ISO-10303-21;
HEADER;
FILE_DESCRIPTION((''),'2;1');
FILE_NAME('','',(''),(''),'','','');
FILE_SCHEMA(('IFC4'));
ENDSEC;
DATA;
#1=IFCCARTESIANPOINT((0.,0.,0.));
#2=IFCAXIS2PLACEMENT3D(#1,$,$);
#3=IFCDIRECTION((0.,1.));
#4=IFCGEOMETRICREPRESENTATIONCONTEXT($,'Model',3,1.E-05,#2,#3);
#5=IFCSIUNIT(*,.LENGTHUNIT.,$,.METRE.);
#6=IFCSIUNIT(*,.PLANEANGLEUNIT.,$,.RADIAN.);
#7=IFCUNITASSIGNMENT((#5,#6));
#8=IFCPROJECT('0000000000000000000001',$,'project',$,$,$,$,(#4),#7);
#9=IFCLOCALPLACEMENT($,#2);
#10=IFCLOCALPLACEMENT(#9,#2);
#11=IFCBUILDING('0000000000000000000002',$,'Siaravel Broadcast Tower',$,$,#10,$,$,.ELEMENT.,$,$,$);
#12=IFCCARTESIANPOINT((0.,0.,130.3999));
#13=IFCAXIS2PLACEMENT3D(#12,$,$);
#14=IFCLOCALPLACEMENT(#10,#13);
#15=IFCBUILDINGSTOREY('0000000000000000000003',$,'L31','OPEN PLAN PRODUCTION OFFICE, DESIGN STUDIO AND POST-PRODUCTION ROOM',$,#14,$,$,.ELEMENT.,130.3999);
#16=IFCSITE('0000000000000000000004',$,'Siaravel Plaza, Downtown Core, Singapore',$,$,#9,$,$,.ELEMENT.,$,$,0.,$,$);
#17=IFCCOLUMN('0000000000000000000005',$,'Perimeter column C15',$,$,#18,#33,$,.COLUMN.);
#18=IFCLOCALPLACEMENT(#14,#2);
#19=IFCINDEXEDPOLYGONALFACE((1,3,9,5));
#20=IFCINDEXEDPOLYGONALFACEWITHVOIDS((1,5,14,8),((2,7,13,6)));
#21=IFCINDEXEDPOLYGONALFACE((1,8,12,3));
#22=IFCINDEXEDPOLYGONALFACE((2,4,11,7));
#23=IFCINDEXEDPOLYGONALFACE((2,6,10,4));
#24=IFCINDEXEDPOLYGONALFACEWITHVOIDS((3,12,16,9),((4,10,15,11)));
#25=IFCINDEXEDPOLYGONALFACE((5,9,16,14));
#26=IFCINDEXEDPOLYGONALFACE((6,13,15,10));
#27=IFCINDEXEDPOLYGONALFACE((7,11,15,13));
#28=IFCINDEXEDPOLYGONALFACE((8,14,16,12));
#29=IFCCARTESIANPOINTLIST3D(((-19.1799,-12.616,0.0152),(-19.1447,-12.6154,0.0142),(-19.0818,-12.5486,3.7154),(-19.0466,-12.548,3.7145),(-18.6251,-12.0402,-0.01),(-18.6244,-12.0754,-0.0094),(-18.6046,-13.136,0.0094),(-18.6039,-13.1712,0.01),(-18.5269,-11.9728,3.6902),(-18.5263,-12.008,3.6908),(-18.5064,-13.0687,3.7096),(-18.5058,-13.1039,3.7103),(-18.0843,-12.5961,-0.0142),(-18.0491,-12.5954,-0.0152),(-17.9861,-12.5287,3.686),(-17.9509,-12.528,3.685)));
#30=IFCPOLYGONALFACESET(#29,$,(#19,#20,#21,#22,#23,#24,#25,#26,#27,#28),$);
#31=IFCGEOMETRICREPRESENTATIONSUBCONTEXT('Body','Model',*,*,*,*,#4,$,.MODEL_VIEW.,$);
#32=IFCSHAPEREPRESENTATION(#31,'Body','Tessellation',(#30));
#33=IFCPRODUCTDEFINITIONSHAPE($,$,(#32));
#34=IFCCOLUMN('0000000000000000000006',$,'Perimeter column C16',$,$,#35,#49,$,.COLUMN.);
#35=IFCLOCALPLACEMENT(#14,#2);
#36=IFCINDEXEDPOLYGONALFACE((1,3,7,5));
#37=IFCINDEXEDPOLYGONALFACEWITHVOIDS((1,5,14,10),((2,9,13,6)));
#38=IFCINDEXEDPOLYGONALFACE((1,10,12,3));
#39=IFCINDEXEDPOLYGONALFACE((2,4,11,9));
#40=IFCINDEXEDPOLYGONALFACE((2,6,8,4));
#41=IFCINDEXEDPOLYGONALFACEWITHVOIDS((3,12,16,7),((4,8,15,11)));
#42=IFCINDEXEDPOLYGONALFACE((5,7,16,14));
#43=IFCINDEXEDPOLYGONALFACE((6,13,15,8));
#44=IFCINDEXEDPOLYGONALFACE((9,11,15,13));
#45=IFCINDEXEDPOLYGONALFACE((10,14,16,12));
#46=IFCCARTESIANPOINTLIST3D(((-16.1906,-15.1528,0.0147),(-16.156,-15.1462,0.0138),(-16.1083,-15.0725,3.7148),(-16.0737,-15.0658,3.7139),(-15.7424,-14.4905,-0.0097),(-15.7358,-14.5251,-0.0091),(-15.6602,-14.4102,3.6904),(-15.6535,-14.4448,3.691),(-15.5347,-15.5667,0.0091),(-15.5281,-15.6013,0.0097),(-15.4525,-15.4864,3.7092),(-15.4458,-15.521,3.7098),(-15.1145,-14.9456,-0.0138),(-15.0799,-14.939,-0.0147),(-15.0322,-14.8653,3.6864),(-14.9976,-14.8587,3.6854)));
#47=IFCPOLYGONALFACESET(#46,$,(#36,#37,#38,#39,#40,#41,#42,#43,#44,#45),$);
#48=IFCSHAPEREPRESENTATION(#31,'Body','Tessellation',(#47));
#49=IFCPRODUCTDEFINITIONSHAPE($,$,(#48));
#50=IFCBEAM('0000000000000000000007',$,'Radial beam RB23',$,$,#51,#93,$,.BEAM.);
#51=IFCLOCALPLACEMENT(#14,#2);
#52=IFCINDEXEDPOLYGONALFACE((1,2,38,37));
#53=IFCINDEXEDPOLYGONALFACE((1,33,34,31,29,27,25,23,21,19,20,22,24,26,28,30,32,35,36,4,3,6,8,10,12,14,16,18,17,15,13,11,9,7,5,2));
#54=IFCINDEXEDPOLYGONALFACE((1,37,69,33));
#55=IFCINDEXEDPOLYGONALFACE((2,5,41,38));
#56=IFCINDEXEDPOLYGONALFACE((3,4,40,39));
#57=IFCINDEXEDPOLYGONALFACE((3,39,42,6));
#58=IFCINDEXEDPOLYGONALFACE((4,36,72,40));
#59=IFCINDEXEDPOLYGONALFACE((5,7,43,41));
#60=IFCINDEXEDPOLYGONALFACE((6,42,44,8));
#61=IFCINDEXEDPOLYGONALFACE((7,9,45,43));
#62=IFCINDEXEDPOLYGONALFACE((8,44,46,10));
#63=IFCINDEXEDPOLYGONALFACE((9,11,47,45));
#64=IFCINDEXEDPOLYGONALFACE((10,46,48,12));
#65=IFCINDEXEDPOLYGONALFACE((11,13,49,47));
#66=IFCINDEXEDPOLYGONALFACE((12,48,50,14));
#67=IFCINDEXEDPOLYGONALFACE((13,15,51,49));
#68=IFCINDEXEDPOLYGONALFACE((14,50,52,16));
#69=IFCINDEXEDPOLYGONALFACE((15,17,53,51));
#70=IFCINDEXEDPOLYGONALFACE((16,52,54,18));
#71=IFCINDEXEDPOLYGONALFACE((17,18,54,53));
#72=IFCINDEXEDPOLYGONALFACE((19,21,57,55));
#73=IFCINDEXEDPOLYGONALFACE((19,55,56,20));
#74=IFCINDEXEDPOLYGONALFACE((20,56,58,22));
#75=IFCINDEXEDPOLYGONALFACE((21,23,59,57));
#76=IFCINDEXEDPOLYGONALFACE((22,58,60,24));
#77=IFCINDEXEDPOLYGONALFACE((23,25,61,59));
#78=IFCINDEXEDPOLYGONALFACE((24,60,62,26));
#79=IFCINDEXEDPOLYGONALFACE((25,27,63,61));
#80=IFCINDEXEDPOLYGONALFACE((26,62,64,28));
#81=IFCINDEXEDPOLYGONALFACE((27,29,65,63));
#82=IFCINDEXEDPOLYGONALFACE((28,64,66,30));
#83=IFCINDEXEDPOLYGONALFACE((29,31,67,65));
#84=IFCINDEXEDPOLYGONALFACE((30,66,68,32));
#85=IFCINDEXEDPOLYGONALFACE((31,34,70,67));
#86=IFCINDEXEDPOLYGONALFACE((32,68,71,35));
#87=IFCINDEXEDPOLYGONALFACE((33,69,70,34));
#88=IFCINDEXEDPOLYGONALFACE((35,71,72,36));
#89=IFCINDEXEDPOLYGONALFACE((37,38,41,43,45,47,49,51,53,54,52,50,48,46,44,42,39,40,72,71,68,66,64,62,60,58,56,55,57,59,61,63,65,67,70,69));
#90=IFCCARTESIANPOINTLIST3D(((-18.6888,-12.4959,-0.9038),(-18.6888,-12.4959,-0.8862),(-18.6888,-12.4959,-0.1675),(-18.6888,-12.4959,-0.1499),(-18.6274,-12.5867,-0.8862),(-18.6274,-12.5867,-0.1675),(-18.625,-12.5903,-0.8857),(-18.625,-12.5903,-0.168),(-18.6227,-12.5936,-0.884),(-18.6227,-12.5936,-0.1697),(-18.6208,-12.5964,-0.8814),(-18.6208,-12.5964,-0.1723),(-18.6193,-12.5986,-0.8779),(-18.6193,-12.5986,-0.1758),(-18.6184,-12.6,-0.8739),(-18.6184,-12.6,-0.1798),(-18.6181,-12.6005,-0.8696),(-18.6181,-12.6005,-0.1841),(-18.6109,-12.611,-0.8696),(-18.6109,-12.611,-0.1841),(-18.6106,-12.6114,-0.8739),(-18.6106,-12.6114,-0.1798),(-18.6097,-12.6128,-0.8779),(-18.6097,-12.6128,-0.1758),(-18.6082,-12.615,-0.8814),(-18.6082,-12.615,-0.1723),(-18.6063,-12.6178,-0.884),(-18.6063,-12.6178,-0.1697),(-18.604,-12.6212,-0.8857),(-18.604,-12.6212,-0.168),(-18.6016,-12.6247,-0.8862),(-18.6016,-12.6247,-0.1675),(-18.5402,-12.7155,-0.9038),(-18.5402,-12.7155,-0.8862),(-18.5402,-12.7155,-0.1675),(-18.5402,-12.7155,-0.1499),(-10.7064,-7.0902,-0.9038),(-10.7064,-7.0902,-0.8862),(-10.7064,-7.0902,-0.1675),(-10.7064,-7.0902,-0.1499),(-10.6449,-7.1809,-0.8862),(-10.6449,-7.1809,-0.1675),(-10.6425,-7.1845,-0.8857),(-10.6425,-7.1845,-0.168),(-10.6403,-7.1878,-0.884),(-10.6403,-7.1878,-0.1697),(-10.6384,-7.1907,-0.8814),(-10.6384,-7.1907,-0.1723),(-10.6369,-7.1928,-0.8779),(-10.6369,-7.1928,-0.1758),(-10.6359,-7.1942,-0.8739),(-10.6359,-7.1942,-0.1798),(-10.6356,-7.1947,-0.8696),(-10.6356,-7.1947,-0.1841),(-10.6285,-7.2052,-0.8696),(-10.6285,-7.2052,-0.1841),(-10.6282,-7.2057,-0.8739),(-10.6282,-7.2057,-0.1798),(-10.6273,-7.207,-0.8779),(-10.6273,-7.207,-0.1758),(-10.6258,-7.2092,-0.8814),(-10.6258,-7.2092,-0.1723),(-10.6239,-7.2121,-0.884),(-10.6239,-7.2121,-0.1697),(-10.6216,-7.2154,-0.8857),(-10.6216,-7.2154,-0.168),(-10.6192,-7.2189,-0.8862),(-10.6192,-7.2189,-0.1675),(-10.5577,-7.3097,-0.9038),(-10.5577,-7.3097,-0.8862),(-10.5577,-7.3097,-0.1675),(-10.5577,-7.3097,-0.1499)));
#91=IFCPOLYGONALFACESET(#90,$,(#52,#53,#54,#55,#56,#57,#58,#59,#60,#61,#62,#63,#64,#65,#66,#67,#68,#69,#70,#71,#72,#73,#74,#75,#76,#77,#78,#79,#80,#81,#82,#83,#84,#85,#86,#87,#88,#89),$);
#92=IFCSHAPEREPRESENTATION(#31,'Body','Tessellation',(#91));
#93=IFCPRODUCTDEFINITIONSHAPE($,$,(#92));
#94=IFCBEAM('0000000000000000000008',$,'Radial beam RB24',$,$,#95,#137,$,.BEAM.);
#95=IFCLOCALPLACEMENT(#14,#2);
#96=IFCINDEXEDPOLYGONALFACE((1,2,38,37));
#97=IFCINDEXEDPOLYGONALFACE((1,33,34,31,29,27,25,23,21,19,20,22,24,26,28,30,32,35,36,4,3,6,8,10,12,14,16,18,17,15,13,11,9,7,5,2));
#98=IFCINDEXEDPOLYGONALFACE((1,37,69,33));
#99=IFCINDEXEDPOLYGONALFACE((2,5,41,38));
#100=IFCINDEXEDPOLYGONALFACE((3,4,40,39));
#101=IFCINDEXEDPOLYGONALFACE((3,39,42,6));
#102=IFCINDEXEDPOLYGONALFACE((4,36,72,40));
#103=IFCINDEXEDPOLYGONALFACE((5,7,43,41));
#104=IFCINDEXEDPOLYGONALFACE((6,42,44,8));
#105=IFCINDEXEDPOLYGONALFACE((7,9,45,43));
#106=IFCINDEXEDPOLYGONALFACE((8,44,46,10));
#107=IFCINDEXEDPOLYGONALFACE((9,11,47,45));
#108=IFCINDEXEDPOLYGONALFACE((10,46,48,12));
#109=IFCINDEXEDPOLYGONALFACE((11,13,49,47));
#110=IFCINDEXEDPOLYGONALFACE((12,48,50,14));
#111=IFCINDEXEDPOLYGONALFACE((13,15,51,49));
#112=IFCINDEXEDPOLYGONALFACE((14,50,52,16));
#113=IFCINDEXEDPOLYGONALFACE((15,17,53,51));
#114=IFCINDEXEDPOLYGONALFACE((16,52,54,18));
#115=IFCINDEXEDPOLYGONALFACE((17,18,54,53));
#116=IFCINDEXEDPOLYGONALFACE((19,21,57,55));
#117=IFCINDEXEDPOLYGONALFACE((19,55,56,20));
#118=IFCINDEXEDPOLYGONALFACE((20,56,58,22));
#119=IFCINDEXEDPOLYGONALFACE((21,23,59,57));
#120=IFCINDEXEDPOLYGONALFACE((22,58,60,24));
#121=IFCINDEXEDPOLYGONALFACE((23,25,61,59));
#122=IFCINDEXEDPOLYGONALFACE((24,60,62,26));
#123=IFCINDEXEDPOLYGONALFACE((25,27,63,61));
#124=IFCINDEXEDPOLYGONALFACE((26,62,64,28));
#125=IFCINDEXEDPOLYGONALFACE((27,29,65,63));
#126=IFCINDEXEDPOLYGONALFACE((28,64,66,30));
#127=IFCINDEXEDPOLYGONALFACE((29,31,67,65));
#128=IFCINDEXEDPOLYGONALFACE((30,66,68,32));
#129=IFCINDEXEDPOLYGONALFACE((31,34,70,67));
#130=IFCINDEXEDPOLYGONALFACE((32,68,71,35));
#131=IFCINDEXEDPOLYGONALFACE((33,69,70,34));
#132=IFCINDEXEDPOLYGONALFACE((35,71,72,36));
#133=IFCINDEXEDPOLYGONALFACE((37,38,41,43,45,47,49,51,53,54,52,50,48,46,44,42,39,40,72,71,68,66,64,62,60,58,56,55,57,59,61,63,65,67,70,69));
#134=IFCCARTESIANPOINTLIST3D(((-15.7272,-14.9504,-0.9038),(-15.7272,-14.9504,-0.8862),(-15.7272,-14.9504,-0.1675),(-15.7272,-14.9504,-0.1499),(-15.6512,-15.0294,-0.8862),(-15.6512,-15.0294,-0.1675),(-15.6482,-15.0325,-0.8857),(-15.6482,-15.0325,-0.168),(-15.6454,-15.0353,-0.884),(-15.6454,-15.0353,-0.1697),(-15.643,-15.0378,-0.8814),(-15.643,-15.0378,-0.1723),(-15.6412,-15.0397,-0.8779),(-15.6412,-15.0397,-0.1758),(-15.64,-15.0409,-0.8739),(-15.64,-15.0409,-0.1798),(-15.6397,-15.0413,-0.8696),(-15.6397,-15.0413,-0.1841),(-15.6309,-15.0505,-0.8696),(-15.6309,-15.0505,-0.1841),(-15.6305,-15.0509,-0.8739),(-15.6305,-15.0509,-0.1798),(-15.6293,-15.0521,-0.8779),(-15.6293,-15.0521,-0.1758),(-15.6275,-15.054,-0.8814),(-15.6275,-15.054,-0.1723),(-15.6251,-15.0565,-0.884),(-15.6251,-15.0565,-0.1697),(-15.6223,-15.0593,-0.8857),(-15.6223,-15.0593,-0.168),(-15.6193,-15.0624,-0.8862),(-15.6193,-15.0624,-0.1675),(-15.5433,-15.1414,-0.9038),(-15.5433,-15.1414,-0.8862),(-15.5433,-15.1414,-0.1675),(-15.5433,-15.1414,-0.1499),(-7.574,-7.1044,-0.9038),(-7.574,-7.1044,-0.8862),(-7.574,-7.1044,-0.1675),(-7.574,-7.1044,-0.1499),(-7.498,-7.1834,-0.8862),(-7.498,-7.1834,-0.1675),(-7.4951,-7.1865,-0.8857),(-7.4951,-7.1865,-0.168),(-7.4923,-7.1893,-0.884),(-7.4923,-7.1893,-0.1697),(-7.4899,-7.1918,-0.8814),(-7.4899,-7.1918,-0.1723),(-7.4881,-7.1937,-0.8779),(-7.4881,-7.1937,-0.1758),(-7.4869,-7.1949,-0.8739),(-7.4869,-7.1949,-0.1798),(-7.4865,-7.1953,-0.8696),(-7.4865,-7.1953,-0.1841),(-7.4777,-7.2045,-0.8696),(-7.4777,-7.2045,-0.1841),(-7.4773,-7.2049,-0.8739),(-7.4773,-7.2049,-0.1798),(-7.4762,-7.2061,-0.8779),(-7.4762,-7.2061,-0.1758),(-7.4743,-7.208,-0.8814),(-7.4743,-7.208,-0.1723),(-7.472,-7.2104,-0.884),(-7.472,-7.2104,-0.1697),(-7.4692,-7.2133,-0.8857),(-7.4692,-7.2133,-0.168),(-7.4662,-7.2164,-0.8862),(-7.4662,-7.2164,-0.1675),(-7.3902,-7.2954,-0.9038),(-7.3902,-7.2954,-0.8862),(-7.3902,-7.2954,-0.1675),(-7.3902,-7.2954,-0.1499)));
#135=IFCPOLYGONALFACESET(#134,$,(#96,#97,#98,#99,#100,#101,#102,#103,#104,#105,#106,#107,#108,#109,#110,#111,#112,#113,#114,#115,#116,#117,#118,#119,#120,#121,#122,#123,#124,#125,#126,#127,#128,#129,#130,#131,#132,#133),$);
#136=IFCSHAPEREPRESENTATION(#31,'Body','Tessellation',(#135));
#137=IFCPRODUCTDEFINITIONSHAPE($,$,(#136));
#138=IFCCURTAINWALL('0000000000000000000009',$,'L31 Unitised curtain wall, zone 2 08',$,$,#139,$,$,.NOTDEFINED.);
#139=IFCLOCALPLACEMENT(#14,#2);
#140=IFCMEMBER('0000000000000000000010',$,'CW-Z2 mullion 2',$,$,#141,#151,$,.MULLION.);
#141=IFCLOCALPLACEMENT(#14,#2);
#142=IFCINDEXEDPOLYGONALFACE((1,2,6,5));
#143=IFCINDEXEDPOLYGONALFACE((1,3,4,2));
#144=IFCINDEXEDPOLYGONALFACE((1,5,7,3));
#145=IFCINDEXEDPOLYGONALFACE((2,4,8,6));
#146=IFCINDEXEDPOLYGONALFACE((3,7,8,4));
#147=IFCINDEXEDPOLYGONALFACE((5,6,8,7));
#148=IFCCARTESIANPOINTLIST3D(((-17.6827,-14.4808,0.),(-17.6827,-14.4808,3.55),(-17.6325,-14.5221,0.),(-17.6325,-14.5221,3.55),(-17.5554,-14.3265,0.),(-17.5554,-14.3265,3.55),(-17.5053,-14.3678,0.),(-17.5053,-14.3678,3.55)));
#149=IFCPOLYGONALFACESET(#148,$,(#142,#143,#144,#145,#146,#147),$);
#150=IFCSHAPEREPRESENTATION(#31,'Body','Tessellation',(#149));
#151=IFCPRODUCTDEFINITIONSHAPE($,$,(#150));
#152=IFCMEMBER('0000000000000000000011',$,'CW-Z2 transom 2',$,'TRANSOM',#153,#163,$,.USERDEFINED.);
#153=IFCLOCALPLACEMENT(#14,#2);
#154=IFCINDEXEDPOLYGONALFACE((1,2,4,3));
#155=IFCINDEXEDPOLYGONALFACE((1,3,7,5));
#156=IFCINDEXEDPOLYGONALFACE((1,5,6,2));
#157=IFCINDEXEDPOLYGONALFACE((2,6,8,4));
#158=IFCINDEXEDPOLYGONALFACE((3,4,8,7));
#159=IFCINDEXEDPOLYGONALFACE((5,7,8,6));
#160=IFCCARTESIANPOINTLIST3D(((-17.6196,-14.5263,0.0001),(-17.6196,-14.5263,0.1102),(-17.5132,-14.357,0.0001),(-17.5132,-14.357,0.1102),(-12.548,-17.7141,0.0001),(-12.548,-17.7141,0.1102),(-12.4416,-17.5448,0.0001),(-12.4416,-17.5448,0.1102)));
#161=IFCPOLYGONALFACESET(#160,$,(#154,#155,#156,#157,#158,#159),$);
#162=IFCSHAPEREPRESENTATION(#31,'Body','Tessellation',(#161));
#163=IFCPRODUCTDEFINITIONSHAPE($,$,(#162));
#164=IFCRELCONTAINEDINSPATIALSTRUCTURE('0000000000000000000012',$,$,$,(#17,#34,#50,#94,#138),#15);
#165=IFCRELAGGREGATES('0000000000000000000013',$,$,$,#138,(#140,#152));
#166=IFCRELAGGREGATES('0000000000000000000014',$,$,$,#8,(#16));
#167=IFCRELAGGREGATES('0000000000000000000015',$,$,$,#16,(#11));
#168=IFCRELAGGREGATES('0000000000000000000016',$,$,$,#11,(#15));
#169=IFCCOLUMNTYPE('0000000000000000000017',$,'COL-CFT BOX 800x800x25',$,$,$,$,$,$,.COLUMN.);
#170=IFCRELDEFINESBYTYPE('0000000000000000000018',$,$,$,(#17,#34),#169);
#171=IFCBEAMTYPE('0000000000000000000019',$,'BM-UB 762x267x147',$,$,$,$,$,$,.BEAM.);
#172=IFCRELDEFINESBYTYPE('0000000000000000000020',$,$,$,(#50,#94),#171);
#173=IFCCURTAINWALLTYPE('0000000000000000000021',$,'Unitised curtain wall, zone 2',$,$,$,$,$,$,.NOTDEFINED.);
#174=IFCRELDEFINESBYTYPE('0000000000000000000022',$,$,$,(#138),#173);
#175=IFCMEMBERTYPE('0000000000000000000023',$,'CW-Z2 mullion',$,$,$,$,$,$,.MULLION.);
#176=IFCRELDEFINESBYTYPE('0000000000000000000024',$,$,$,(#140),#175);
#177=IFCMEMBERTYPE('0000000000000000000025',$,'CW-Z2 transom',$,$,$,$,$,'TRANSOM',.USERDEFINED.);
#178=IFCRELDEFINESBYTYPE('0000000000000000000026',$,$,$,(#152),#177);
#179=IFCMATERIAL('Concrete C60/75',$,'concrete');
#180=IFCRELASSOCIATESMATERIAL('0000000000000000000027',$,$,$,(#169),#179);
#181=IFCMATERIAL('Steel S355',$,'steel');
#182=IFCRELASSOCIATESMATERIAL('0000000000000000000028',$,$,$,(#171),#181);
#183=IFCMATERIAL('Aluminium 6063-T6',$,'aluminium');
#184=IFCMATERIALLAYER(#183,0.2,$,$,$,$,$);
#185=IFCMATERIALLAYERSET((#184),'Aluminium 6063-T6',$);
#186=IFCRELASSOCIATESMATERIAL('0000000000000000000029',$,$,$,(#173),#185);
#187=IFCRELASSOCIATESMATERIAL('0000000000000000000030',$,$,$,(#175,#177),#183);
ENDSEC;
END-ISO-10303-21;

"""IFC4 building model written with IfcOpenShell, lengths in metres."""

from ifc_helpers import new_model, si_unit, direction, frame, origin, origin_2d, place, context, subcontext, project, spatial, rectangle, hollow_rectangle, i_section, extrude, material, layer, layer_set, material_profile, profile_set, type_object, element, aggregate, save


model = new_model("IFC4")

# Units and contexts
model_context = context("Model", 3, precision=1e-05, world=origin(), true_north=direction((0.0, 1.0)))
body_context = subcontext(model_context, "Body", "Model", "MODEL_VIEW")
ifc_project = project(units=[si_unit("LENGTHUNIT", "METRE"), si_unit("PLANEANGLEUNIT", "RADIAN")], contexts=[model_context])

# Site, building, storey
site_placement = place(None, origin())
site = spatial("IfcSite", under=ifc_project, at=site_placement, Name="Siaravel Plaza, Downtown Core, Singapore", CompositionType="ELEMENT", RefElevation=0.0)
building_placement = place(site_placement, origin())
building = spatial("IfcBuilding", under=site, at=building_placement, Name="Siaravel Broadcast Tower", CompositionType="ELEMENT")
storey_placement = place(building_placement, frame((0.0, 0.0, 130.3999)))
storey = spatial("IfcBuildingStorey", under=building, at=storey_placement, Name="L31", Description="OPEN PLAN PRODUCTION OFFICE, DESIGN STUDIO AND POST-PRODUCTION ROOM", CompositionType="ELEMENT", Elevation=130.3999)

# Columns
ifc_material_1 = material(Name="Concrete C60/75", Category="concrete")
ifc_material_profile_1 = material_profile(ifc_material_1, hollow_rectangle(XDim=0.8, YDim=0.8, WallThickness=0.0249, at=origin_2d()))
ifc_profile_set_1 = profile_set([ifc_material_profile_1], Name="Concrete C60/75")
column_type = type_object("IfcColumnType", Name="COL-CFT BOX 800x800x25", PredefinedType="COLUMN", material=ifc_profile_set_1)
column_1_placement = place(storey_placement, frame((-18.6145, -12.6057, 0.0), z_axis=(0.02651, 0.018201, 0.999483), x_axis=(-0.719947, 0.693998, 0.006458)))
element("IfcColumn", 1, at=column_1_placement, inside=storey, type_object=column_type, Name="Perimeter column C15", PredefinedType="COLUMN", context=body_context, shape_type="SweptSolid", body=[
    extrude(hollow_rectangle(XDim=0.8, YDim=0.8, WallThickness=0.0249, at=origin_2d()), origin(), (0.0, 0.0, 1.0), 3.7021),
])
column_2_placement = place(storey_placement, frame((-15.6353, -15.0459, 0.0), z_axis=(0.022225, 0.021697, 0.999518), x_axis=(-0.828097, 0.560551, 0.006245)))
element("IfcColumn", 2, at=column_2_placement, inside=storey, type_object=column_type, Name="Perimeter column C16", PredefinedType="COLUMN", context=body_context, shape_type="SweptSolid", body=[
    extrude(hollow_rectangle(XDim=0.8, YDim=0.8, WallThickness=0.0249, at=origin_2d()), origin(), (0.0, 0.0, 1.0), 3.7019),
])

# Beams
ifc_material_2 = material(Name="Steel S355", Category="steel")
ifc_material_profile_2 = material_profile(ifc_material_2, i_section(OverallWidth=0.2651, OverallDepth=0.7539, WebThickness=0.0127, FlangeThickness=0.0176, FilletRadius=0.0166, at=origin_2d()))
ifc_profile_set_2 = profile_set([ifc_material_profile_2], Name="Steel S355")
beam_type = type_object("IfcBeamType", Name="BM-UB 762x267x147", PredefinedType="BEAM", material=ifc_profile_set_2)
beam_1_placement = place(storey_placement, frame((-18.6145, -12.6057, -0.5269), z_axis=(0.828, 0.560728, 0.0), x_axis=(-0.560728, 0.828, 0.0)))
element("IfcBeam", 3, at=beam_1_placement, inside=storey, type_object=beam_type, Name="Radial beam RB23", PredefinedType="BEAM", context=body_context, shape_type="SweptSolid", body=[
    extrude(i_section(OverallWidth=0.2651, OverallDepth=0.7539, WebThickness=0.0127, FlangeThickness=0.0176, FilletRadius=0.0166, at=origin_2d()), origin(), (0.0, 0.0, 1.0), 9.6406),
])
beam_2_placement = place(storey_placement, frame((-15.6353, -15.0459, -0.5269), z_axis=(0.720548, 0.693405, 0.0), x_axis=(-0.693405, 0.720548, 0.0)))
element("IfcBeam", 4, at=beam_2_placement, inside=storey, type_object=beam_type, Name="Radial beam RB24", PredefinedType="BEAM", context=body_context, shape_type="SweptSolid", body=[
    extrude(i_section(OverallWidth=0.2651, OverallDepth=0.7539, WebThickness=0.0127, FlangeThickness=0.0176, FilletRadius=0.0166, at=origin_2d()), origin(), (0.0, 0.0, 1.0), 11.3152),
])

# Curtain wall, members
ifc_material_3 = material(Name="Aluminium 6063-T6", Category="aluminium")
ifc_layer_1 = layer(ifc_material_3, 0.2)
ifc_layer_set_1 = layer_set([ifc_layer_1], Name="Aluminium 6063-T6")
curtain_wall_type = type_object("IfcCurtainWallType", Name="Unitised curtain wall, zone 2", PredefinedType="NOTDEFINED", material=ifc_layer_set_1)
curtain_wall_placement = place(storey_placement, origin())
curtain_wall = element("IfcCurtainWall", 5, at=curtain_wall_placement, inside=storey, type_object=curtain_wall_type, Name="L31 Unitised curtain wall, zone 2 08", PredefinedType="NOTDEFINED")
ifc_material_profile_3 = material_profile(ifc_material_3, rectangle(XDim=0.2, YDim=0.0649, at=origin_2d()))
ifc_profile_set_3 = profile_set([ifc_material_profile_3], Name="Aluminium 6063-T6")
member_type_1 = type_object("IfcMemberType", Name="CW-Z2 mullion", PredefinedType="MULLION", material=ifc_profile_set_3)
member_1_placement = place(storey_placement, frame((-17.594, -14.4243, 0.0), z_axis=(0.0, 0.0, 1.0), x_axis=(0.63622, 0.771507, 0.0)))
member_1 = element("IfcMember", 6, at=member_1_placement, type_object=member_type_1, Name="CW-Z2 mullion 2", PredefinedType="MULLION", context=body_context, shape_type="SweptSolid", body=[
    extrude(rectangle(XDim=0.2, YDim=0.0649, at=origin_2d()), origin(), (0.0, 0.0, 1.0), 3.55),
])
ifc_material_profile_4 = material_profile(ifc_material_3, rectangle(XDim=0.2, YDim=0.1101, at=origin_2d()))
ifc_profile_set_4 = profile_set([ifc_material_profile_4], Name="Aluminium 6063-T6")
member_type_2 = type_object("IfcMemberType", Name="CW-Z2 transom", ElementType="TRANSOM", PredefinedType="USERDEFINED", material=ifc_profile_set_4)
member_2_placement = place(storey_placement, frame((-17.5664, -14.4417, 0.0552), z_axis=(0.846642, -0.532162, 0.0), x_axis=(0.532162, 0.846642, 0.0)))
member_2 = element("IfcMember", 7, at=member_2_placement, type_object=member_type_2, Name="CW-Z2 transom 2", ObjectType="TRANSOM", PredefinedType="USERDEFINED", context=body_context, shape_type="SweptSolid", body=[
    extrude(rectangle(XDim=0.2, YDim=0.1101, at=origin_2d()), origin(), (0.0, 0.0, 1.0), 5.9902),
])

aggregate(curtain_wall, [member_1, member_2])

save(model, "model.ifc")
